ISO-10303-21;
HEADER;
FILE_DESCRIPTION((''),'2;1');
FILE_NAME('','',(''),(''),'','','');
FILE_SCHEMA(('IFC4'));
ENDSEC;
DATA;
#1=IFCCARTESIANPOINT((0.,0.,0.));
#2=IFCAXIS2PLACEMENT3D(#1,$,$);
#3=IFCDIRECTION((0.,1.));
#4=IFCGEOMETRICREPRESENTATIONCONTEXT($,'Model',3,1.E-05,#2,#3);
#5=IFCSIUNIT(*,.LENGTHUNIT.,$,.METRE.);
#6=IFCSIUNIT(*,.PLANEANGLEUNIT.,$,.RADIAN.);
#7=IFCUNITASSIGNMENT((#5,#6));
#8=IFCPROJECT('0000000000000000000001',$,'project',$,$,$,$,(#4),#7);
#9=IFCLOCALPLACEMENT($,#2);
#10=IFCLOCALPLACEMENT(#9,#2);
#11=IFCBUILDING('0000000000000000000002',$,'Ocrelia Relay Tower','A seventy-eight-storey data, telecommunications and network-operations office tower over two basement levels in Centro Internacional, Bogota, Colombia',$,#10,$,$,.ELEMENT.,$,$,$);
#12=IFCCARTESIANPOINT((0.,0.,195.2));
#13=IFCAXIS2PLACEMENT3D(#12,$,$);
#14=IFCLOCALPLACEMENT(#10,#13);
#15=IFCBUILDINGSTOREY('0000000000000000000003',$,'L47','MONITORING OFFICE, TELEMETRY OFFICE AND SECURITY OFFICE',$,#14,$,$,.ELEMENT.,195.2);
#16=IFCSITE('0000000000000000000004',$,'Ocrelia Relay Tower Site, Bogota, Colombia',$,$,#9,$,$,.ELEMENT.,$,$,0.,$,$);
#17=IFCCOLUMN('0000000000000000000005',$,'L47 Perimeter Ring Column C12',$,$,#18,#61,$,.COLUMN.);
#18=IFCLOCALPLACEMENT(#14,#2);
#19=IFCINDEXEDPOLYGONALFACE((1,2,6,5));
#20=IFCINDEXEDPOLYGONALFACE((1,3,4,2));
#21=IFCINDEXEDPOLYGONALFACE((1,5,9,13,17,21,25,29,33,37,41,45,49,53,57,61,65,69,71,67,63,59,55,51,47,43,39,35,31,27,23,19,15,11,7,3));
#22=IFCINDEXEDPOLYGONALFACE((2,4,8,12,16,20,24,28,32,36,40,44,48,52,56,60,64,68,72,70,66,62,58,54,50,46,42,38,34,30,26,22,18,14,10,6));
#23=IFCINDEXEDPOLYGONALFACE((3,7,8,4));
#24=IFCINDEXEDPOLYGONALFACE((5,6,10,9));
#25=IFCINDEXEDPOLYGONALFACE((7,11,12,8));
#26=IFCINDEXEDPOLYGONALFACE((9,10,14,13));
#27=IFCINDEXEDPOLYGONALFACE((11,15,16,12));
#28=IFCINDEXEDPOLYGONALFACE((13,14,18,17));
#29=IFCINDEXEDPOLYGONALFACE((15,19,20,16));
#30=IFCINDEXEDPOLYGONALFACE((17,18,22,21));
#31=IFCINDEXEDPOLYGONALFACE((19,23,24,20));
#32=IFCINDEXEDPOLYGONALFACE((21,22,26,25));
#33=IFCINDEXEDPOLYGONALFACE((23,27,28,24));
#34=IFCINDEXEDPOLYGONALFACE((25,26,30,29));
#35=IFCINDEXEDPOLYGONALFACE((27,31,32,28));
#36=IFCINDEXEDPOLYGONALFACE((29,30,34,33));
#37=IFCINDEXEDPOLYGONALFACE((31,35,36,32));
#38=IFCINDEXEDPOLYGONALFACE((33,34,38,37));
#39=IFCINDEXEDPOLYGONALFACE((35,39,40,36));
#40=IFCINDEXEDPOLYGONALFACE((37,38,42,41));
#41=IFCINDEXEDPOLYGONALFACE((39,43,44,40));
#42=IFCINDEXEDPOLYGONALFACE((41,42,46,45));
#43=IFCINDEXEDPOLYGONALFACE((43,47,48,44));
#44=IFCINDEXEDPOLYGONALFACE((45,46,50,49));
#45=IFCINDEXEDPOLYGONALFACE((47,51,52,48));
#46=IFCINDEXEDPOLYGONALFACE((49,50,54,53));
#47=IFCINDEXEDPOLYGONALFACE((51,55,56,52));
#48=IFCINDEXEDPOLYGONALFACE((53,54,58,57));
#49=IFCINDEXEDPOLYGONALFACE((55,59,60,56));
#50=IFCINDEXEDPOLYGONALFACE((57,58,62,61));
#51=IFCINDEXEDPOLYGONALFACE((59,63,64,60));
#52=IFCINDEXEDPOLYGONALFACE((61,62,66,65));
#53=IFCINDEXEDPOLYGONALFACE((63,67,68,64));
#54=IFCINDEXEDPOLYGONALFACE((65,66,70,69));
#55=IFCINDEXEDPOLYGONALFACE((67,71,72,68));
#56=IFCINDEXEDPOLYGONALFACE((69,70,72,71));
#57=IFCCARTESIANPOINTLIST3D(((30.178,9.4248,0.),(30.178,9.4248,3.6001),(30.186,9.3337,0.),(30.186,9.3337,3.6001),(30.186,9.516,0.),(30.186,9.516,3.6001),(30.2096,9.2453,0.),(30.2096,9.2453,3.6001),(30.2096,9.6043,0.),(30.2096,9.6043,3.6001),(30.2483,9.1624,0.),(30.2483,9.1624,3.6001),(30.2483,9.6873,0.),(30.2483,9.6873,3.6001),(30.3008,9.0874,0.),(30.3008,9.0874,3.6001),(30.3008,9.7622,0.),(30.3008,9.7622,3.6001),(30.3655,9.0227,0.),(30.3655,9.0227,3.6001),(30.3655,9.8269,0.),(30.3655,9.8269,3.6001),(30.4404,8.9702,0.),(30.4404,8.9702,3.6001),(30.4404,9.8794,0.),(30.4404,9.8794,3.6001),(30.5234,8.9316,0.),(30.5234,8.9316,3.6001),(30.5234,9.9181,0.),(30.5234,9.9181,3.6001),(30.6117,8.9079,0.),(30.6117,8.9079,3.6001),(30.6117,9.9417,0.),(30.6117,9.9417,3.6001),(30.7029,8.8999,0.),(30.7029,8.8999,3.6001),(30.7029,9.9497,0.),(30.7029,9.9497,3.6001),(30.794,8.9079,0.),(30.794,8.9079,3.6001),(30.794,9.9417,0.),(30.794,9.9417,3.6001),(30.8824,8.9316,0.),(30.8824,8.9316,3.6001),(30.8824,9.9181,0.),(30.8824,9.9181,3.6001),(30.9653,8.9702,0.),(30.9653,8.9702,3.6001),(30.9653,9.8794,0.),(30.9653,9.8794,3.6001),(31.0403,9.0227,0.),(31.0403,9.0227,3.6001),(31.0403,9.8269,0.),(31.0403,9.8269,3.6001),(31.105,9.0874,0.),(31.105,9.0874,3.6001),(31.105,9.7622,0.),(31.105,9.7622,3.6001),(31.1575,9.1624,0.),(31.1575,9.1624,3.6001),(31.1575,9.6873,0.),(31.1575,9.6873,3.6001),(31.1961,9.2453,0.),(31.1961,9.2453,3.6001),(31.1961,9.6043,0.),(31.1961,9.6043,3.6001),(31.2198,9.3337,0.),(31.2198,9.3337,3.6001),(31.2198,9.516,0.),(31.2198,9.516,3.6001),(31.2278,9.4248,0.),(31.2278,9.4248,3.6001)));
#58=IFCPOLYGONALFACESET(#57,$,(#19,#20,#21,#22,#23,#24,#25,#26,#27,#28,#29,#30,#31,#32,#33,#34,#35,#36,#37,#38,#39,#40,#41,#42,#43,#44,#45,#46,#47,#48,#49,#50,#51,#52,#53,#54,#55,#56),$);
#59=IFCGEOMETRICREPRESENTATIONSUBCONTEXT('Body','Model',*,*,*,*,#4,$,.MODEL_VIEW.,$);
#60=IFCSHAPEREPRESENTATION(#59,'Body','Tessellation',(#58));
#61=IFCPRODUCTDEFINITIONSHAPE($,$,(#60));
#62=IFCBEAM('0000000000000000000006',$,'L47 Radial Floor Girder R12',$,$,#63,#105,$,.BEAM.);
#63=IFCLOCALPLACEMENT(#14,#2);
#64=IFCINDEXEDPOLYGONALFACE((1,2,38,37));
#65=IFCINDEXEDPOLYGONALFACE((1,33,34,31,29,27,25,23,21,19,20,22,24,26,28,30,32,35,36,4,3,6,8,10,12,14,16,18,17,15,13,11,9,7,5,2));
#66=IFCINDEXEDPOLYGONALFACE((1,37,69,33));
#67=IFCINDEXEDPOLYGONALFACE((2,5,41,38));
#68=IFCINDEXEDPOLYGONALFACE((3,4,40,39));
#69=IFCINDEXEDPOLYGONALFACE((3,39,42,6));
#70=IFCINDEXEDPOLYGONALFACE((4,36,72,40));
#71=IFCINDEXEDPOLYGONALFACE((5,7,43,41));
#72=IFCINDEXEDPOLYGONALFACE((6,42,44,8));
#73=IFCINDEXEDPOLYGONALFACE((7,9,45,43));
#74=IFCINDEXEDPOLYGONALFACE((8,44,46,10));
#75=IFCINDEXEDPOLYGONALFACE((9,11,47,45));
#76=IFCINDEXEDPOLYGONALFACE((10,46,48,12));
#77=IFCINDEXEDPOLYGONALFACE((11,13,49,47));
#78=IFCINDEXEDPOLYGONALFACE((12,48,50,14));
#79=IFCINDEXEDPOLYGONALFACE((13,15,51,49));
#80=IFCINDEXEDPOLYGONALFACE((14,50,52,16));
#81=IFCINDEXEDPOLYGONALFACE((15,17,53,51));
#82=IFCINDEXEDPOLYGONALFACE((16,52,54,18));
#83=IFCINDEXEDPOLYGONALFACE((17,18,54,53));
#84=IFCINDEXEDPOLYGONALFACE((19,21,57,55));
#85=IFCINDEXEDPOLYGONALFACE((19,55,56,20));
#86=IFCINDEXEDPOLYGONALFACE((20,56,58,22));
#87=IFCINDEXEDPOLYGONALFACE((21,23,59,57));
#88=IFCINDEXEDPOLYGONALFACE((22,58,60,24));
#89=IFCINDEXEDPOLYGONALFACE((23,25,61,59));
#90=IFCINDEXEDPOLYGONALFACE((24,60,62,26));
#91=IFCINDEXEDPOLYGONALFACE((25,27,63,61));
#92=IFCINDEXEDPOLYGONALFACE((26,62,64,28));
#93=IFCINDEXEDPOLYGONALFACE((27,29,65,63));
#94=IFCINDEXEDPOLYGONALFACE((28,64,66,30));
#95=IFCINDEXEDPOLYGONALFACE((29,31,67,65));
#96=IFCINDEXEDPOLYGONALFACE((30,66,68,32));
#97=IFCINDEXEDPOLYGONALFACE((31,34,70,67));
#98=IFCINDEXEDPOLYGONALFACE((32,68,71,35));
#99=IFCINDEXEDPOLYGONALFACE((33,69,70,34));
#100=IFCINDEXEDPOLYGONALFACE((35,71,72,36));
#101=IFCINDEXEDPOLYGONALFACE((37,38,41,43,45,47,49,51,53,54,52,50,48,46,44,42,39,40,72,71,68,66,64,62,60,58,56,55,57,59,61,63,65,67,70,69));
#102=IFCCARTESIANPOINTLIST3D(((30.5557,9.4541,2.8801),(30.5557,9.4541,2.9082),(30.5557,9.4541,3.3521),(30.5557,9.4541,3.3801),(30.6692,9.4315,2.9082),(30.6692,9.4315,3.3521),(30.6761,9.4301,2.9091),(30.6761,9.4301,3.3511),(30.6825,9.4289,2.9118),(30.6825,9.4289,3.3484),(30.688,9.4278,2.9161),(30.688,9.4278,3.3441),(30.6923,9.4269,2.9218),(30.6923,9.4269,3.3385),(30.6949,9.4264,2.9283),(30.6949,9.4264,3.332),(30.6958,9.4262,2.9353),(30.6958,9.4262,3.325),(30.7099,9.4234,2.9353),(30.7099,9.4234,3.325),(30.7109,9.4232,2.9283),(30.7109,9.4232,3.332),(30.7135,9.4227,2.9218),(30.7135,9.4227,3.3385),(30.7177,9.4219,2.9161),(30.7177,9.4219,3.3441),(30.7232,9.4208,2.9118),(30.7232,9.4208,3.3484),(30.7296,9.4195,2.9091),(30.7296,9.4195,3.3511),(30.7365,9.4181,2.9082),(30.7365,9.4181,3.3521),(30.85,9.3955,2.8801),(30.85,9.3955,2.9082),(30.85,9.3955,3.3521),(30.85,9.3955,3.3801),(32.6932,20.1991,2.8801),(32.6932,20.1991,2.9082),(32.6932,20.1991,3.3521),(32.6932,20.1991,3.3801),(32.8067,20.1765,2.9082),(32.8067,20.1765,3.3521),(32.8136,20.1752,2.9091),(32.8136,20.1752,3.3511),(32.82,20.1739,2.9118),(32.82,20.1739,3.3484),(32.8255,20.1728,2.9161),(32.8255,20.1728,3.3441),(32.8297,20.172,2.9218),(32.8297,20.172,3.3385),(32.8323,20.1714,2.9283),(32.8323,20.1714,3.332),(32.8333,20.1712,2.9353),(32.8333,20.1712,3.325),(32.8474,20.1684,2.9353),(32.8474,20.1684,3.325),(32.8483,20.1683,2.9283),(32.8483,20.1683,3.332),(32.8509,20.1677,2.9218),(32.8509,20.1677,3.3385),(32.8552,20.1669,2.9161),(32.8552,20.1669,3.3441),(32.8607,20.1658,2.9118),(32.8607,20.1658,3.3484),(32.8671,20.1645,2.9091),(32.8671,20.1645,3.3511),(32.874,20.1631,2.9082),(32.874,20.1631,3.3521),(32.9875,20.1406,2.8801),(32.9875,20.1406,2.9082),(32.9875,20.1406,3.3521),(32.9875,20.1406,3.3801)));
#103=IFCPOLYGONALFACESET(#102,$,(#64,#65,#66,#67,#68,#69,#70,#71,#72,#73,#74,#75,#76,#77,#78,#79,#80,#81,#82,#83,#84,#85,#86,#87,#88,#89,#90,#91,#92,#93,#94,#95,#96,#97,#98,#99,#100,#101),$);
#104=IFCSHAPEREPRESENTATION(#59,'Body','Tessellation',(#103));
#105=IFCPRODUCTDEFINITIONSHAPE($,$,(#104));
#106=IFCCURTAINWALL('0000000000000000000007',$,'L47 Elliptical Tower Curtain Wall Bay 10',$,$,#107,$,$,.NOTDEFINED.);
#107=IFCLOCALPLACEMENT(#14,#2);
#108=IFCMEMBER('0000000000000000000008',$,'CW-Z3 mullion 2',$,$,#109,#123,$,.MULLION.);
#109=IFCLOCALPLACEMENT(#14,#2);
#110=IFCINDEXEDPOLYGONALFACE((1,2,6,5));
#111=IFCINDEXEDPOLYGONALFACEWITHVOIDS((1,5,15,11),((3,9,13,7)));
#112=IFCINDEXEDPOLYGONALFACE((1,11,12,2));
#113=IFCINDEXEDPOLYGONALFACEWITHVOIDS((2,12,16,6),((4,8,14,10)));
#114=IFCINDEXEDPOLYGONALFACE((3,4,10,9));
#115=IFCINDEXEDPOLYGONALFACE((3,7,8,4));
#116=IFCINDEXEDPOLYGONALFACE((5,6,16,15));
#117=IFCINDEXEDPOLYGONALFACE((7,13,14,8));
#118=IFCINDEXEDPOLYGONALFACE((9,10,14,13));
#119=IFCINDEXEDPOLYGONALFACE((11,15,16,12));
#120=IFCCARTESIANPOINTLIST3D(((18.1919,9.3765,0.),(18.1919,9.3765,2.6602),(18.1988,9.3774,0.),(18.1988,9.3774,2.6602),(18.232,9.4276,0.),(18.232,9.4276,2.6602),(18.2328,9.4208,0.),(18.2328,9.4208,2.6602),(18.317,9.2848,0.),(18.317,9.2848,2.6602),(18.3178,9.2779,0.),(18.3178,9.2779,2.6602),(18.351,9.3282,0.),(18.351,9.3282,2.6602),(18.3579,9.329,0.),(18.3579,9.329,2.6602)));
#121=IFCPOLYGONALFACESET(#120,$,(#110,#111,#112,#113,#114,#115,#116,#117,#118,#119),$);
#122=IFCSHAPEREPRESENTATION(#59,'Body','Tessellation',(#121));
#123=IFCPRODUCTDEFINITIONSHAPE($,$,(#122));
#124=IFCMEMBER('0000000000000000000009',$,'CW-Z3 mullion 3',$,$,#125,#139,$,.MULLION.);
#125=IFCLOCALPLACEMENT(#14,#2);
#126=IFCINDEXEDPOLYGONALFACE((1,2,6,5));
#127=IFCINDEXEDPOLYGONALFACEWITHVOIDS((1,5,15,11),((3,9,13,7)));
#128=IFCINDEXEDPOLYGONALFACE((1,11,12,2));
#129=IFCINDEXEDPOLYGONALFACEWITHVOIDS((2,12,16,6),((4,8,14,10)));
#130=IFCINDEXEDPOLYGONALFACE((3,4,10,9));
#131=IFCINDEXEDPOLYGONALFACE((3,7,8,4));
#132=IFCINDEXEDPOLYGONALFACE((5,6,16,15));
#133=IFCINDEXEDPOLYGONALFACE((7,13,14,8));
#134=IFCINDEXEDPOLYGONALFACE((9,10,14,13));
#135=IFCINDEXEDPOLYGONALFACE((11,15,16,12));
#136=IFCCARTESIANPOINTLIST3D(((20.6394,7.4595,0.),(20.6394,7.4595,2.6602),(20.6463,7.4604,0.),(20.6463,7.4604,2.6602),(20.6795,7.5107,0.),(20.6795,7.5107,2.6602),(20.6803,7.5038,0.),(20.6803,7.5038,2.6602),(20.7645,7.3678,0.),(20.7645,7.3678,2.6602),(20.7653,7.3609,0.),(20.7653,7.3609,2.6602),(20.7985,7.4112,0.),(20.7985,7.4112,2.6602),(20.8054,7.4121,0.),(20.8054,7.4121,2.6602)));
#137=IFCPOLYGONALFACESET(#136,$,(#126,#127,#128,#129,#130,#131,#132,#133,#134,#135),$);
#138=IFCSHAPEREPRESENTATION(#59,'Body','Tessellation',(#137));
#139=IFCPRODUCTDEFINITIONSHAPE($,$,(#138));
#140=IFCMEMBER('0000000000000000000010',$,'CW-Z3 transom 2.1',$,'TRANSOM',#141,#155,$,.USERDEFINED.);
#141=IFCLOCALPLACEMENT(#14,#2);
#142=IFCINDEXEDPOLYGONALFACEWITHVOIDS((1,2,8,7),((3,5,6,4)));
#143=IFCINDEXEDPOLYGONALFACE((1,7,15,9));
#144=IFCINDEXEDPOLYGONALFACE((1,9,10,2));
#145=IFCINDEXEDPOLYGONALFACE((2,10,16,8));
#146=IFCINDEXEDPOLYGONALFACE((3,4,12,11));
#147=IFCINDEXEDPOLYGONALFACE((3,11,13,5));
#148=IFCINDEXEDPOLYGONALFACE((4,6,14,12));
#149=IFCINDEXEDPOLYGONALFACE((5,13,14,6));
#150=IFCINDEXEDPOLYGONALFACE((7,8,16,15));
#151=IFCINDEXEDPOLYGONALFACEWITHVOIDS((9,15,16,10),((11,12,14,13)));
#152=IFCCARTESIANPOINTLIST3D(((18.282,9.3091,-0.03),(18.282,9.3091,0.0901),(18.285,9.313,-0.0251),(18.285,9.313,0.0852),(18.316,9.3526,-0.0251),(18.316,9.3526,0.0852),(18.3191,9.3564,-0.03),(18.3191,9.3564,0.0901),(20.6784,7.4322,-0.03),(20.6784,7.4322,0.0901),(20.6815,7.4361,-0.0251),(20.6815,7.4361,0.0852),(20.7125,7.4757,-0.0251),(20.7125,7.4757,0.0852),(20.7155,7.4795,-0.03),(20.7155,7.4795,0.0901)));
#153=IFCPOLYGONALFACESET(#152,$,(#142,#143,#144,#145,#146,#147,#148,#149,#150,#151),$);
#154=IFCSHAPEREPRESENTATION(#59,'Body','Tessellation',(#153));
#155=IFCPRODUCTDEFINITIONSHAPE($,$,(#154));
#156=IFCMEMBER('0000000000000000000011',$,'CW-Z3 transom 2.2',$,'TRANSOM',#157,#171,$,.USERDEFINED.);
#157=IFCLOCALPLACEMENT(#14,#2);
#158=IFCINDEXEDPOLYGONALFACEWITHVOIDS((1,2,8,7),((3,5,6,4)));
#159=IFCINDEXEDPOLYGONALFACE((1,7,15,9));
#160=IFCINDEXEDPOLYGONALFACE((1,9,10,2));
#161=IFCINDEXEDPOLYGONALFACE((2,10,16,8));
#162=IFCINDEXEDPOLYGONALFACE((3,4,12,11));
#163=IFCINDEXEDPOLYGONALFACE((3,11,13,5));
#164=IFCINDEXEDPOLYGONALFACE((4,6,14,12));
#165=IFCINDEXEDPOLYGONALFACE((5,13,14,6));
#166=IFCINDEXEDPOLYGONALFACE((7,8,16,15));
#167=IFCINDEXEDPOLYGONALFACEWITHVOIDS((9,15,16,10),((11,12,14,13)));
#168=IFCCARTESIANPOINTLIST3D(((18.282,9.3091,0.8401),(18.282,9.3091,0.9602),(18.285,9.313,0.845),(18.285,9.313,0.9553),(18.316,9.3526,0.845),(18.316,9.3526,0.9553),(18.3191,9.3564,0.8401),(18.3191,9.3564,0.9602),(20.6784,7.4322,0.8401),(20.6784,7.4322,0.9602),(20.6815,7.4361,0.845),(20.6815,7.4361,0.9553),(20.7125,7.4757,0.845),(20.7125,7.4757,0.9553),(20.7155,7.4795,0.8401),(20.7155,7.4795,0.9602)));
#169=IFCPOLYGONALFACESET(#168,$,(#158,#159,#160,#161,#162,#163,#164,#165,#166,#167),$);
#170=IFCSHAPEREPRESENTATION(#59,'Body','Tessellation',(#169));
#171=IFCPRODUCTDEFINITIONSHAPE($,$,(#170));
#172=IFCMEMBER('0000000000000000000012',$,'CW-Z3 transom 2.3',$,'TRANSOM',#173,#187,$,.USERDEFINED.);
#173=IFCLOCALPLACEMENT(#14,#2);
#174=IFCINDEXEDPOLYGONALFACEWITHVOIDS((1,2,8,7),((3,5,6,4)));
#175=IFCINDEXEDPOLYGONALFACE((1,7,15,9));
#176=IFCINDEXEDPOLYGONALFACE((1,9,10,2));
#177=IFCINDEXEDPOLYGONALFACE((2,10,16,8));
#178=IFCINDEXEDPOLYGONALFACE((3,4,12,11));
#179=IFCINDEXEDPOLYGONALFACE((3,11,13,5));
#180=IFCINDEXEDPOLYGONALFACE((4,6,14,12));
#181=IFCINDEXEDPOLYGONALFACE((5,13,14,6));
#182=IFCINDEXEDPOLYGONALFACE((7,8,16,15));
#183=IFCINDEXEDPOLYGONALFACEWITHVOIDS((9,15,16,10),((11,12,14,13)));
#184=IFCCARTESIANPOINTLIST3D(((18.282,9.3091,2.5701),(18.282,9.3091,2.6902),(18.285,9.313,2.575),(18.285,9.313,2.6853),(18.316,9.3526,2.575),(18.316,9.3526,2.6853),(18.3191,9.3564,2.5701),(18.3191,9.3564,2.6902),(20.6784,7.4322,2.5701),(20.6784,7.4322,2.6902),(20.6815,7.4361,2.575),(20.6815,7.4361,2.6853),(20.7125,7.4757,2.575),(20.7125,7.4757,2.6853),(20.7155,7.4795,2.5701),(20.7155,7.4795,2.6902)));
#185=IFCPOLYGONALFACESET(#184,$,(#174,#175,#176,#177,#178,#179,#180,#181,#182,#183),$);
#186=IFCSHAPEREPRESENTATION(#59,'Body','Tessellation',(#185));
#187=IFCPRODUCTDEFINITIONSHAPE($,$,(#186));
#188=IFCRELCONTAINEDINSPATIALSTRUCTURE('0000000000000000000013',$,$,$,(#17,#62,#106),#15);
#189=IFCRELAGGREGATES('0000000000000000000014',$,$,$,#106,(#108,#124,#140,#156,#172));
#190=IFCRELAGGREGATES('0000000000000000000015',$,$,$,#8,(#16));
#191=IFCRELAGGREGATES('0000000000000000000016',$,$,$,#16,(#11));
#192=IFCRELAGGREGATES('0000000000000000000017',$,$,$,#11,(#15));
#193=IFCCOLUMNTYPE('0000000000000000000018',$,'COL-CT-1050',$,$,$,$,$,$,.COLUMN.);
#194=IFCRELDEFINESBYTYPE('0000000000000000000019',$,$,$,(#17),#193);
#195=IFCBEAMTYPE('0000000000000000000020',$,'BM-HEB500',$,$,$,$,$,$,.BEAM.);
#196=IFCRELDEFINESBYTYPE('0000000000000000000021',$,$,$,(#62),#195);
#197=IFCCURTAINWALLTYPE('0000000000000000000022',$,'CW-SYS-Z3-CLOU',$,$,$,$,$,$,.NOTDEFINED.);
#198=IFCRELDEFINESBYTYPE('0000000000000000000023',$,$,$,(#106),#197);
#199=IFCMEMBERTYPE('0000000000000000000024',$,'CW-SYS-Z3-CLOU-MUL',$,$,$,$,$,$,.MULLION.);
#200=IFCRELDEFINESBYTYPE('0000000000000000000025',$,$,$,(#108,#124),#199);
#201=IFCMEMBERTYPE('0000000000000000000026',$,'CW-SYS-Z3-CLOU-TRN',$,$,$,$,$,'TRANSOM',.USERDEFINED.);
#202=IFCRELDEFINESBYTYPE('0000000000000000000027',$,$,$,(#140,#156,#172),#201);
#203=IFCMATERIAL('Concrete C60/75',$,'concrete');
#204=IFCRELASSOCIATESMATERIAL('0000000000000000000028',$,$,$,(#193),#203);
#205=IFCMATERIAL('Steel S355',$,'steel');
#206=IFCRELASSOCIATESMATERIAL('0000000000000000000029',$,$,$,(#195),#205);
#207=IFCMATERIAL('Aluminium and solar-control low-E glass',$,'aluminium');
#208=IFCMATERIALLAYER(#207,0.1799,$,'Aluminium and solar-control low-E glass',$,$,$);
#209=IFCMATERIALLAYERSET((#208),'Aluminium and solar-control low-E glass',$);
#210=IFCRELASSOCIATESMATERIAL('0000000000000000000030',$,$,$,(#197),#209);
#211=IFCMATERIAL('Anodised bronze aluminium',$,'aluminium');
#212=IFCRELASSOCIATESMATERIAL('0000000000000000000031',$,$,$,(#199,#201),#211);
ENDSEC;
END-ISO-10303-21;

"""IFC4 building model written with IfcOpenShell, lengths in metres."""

from ifc_helpers import new_model, si_unit, direction, frame, origin, origin_2d, place, context, subcontext, project, spatial, hollow_rectangle, circle, i_section, extrude, material, layer, layer_set, material_profile, profile_set, type_object, element, aggregate, save


model = new_model("IFC4")

# Units and contexts
model_context = context("Model", 3, precision=1e-05, world=origin(), true_north=direction((0.0, 1.0)))
body_context = subcontext(model_context, "Body", "Model", "MODEL_VIEW")
ifc_project = project(units=[si_unit("LENGTHUNIT", "METRE"), si_unit("PLANEANGLEUNIT", "RADIAN")], contexts=[model_context])

# Site, building, storey
site_placement = place(None, origin())
site = spatial("IfcSite", under=ifc_project, at=site_placement, Name="Ocrelia Relay Tower Site, Bogota, Colombia", CompositionType="ELEMENT", RefElevation=0.0)
building_placement = place(site_placement, origin())
building = spatial("IfcBuilding", under=site, at=building_placement, Name="Ocrelia Relay Tower", Description="A seventy-eight-storey data, telecommunications and network-operations office tower over two basement levels in Centro Internacional, Bogota, Colombia", CompositionType="ELEMENT")
storey_placement = place(building_placement, frame((0.0, 0.0, 195.2)))
storey = spatial("IfcBuildingStorey", under=building, at=storey_placement, Name="L47", Description="MONITORING OFFICE, TELEMETRY OFFICE AND SECURITY OFFICE", CompositionType="ELEMENT", Elevation=195.2)

# Column
ifc_material_1 = material(Name="Concrete C60/75", Category="concrete")
ifc_material_profile_1 = material_profile(ifc_material_1, circle(Radius=0.5249, at=origin_2d()), Name="RC-CIR-1050")
ifc_profile_set_1 = profile_set([ifc_material_profile_1], Name="Concrete C60/75")
column_type = type_object("IfcColumnType", Name="COL-CT-1050", PredefinedType="COLUMN", material=ifc_profile_set_1)
column_placement = place(storey_placement, frame((30.7029, 9.4248, 0.0), z_axis=(0.0, 0.0, 1.0), x_axis=(1.0, 0.0, 0.0)))
element("IfcColumn", 1, at=column_placement, inside=storey, type_object=column_type, Name="L47 Perimeter Ring Column C12", PredefinedType="COLUMN", context=body_context, shape_type="SweptSolid", body=[
    extrude(circle(Radius=0.5249, at=origin_2d()), origin(), (0.0, 0.0, 1.0), 3.6001),
])

# Beam
ifc_material_2 = material(Name="Steel S355", Category="steel")
ifc_material_profile_2 = material_profile(ifc_material_2, i_section(OverallWidth=0.3, OverallDepth=0.5, WebThickness=0.0144, FlangeThickness=0.0281, FilletRadius=0.0271, at=origin_2d()), Name="HEB 500")
ifc_profile_set_2 = profile_set([ifc_material_profile_2], Name="Steel S355")
beam_type = type_object("IfcBeamType", Name="BM-HEB500", PredefinedType="BEAM", material=ifc_profile_set_2)
beam_placement = place(storey_placement, frame((30.7029, 9.4248, 3.1301), z_axis=(0.1951, 0.980783, 0.0), x_axis=(-0.980783, 0.1951, 0.0)))
element("IfcBeam", 2, at=beam_placement, inside=storey, type_object=beam_type, Name="L47 Radial Floor Girder R12", PredefinedType="BEAM", context=body_context, shape_type="SweptSolid", body=[
    extrude(i_section(OverallWidth=0.3, OverallDepth=0.5, WebThickness=0.0144, FlangeThickness=0.0281, FilletRadius=0.0271, at=origin_2d()), origin(), (0.0, 0.0, 1.0), 10.9556),
])

# Curtain wall, members
ifc_material_3 = material(Name="Aluminium and solar-control low-E glass", Category="aluminium")
ifc_layer_1 = layer(ifc_material_3, 0.1799, Name="Aluminium and solar-control low-E glass")
ifc_layer_set_1 = layer_set([ifc_layer_1], Name="Aluminium and solar-control low-E glass")
curtain_wall_type = type_object("IfcCurtainWallType", Name="CW-SYS-Z3-CLOU", PredefinedType="NOTDEFINED", material=ifc_layer_set_1)
curtain_wall_placement = place(storey_placement, origin())
curtain_wall = element("IfcCurtainWall", 3, at=curtain_wall_placement, inside=storey, type_object=curtain_wall_type, Name="L47 Elliptical Tower Curtain Wall Bay 10", PredefinedType="NOTDEFINED")
ifc_material_4 = material(Name="Anodised bronze aluminium", Category="aluminium")
ifc_material_profile_3 = material_profile(ifc_material_4, hollow_rectangle(XDim=0.0649, YDim=0.1599, WallThickness=0.0049, at=origin_2d()), Name="CW-MUL-160x65")
ifc_profile_set_3 = profile_set([ifc_material_profile_3], Name="Anodised bronze aluminium")
member_type_1 = type_object("IfcMemberType", Name="CW-SYS-Z3-CLOU-MUL", PredefinedType="MULLION", material=ifc_profile_set_3)
member_1_placement = place(storey_placement, frame((18.2749, 9.3528, 0.0), z_axis=(0.0, 0.0, 1.0), x_axis=(0.61662, 0.787261, 0.0)))
member_1 = element("IfcMember", 4, at=member_1_placement, type_object=member_type_1, Name="CW-Z3 mullion 2", PredefinedType="MULLION", context=body_context, shape_type="SweptSolid", body=[
    extrude(hollow_rectangle(XDim=0.0649, YDim=0.1599, WallThickness=0.0049, at=origin_2d()), origin(), (0.0, 0.0, 1.0), 2.6602),
])
member_2_placement = place(storey_placement, frame((20.7224, 7.4358, 0.0), z_axis=(0.0, 0.0, 1.0), x_axis=(0.61662, 0.787261, 0.0)))
member_2 = element("IfcMember", 5, at=member_2_placement, type_object=member_type_1, Name="CW-Z3 mullion 3", PredefinedType="MULLION", context=body_context, shape_type="SweptSolid", body=[
    extrude(hollow_rectangle(XDim=0.0649, YDim=0.1599, WallThickness=0.0049, at=origin_2d()), origin(), (0.0, 0.0, 1.0), 2.6602),
])
ifc_material_profile_4 = material_profile(ifc_material_4, hollow_rectangle(XDim=0.0601, YDim=0.1201, WallThickness=0.0049, at=origin_2d()), Name="CW-TRN-120x60")
ifc_profile_set_4 = profile_set([ifc_material_profile_4], Name="Anodised bronze aluminium")
member_type_2 = type_object("IfcMemberType", Name="CW-SYS-Z3-CLOU-TRN", ElementType="TRANSOM", PredefinedType="USERDEFINED", material=ifc_profile_set_4)
member_3_placement = place(storey_placement, frame((18.3005, 9.3328, 0.03), z_axis=(0.787275, -0.616602, 0.0), x_axis=(0.616602, 0.787275, 0.0)))
member_3 = element("IfcMember", 6, at=member_3_placement, type_object=member_type_2, Name="CW-Z3 transom 2.1", ObjectType="TRANSOM", PredefinedType="USERDEFINED", context=body_context, shape_type="SweptSolid", body=[
    extrude(hollow_rectangle(XDim=0.0601, YDim=0.1201, WallThickness=0.0049, at=origin_2d()), origin(), (0.0, 0.0, 1.0), 3.0439),
])
member_4_placement = place(storey_placement, frame((18.3005, 9.3328, 0.9001), z_axis=(0.787275, -0.616602, 0.0), x_axis=(0.616602, 0.787275, 0.0)))
member_4 = element("IfcMember", 7, at=member_4_placement, type_object=member_type_2, Name="CW-Z3 transom 2.2", ObjectType="TRANSOM", PredefinedType="USERDEFINED", context=body_context, shape_type="SweptSolid", body=[
    extrude(hollow_rectangle(XDim=0.0601, YDim=0.1201, WallThickness=0.0049, at=origin_2d()), origin(), (0.0, 0.0, 1.0), 3.0439),
])
member_5_placement = place(storey_placement, frame((18.3005, 9.3328, 2.6301), z_axis=(0.787275, -0.616602, 0.0), x_axis=(0.616602, 0.787275, 0.0)))
member_5 = element("IfcMember", 8, at=member_5_placement, type_object=member_type_2, Name="CW-Z3 transom 2.3", ObjectType="TRANSOM", PredefinedType="USERDEFINED", context=body_context, shape_type="SweptSolid", body=[
    extrude(hollow_rectangle(XDim=0.0601, YDim=0.1201, WallThickness=0.0049, at=origin_2d()), origin(), (0.0, 0.0, 1.0), 3.0439),
])
aggregate(curtain_wall, [member_1, member_2, member_3, member_4, member_5])

save(model, "model.ifc")
